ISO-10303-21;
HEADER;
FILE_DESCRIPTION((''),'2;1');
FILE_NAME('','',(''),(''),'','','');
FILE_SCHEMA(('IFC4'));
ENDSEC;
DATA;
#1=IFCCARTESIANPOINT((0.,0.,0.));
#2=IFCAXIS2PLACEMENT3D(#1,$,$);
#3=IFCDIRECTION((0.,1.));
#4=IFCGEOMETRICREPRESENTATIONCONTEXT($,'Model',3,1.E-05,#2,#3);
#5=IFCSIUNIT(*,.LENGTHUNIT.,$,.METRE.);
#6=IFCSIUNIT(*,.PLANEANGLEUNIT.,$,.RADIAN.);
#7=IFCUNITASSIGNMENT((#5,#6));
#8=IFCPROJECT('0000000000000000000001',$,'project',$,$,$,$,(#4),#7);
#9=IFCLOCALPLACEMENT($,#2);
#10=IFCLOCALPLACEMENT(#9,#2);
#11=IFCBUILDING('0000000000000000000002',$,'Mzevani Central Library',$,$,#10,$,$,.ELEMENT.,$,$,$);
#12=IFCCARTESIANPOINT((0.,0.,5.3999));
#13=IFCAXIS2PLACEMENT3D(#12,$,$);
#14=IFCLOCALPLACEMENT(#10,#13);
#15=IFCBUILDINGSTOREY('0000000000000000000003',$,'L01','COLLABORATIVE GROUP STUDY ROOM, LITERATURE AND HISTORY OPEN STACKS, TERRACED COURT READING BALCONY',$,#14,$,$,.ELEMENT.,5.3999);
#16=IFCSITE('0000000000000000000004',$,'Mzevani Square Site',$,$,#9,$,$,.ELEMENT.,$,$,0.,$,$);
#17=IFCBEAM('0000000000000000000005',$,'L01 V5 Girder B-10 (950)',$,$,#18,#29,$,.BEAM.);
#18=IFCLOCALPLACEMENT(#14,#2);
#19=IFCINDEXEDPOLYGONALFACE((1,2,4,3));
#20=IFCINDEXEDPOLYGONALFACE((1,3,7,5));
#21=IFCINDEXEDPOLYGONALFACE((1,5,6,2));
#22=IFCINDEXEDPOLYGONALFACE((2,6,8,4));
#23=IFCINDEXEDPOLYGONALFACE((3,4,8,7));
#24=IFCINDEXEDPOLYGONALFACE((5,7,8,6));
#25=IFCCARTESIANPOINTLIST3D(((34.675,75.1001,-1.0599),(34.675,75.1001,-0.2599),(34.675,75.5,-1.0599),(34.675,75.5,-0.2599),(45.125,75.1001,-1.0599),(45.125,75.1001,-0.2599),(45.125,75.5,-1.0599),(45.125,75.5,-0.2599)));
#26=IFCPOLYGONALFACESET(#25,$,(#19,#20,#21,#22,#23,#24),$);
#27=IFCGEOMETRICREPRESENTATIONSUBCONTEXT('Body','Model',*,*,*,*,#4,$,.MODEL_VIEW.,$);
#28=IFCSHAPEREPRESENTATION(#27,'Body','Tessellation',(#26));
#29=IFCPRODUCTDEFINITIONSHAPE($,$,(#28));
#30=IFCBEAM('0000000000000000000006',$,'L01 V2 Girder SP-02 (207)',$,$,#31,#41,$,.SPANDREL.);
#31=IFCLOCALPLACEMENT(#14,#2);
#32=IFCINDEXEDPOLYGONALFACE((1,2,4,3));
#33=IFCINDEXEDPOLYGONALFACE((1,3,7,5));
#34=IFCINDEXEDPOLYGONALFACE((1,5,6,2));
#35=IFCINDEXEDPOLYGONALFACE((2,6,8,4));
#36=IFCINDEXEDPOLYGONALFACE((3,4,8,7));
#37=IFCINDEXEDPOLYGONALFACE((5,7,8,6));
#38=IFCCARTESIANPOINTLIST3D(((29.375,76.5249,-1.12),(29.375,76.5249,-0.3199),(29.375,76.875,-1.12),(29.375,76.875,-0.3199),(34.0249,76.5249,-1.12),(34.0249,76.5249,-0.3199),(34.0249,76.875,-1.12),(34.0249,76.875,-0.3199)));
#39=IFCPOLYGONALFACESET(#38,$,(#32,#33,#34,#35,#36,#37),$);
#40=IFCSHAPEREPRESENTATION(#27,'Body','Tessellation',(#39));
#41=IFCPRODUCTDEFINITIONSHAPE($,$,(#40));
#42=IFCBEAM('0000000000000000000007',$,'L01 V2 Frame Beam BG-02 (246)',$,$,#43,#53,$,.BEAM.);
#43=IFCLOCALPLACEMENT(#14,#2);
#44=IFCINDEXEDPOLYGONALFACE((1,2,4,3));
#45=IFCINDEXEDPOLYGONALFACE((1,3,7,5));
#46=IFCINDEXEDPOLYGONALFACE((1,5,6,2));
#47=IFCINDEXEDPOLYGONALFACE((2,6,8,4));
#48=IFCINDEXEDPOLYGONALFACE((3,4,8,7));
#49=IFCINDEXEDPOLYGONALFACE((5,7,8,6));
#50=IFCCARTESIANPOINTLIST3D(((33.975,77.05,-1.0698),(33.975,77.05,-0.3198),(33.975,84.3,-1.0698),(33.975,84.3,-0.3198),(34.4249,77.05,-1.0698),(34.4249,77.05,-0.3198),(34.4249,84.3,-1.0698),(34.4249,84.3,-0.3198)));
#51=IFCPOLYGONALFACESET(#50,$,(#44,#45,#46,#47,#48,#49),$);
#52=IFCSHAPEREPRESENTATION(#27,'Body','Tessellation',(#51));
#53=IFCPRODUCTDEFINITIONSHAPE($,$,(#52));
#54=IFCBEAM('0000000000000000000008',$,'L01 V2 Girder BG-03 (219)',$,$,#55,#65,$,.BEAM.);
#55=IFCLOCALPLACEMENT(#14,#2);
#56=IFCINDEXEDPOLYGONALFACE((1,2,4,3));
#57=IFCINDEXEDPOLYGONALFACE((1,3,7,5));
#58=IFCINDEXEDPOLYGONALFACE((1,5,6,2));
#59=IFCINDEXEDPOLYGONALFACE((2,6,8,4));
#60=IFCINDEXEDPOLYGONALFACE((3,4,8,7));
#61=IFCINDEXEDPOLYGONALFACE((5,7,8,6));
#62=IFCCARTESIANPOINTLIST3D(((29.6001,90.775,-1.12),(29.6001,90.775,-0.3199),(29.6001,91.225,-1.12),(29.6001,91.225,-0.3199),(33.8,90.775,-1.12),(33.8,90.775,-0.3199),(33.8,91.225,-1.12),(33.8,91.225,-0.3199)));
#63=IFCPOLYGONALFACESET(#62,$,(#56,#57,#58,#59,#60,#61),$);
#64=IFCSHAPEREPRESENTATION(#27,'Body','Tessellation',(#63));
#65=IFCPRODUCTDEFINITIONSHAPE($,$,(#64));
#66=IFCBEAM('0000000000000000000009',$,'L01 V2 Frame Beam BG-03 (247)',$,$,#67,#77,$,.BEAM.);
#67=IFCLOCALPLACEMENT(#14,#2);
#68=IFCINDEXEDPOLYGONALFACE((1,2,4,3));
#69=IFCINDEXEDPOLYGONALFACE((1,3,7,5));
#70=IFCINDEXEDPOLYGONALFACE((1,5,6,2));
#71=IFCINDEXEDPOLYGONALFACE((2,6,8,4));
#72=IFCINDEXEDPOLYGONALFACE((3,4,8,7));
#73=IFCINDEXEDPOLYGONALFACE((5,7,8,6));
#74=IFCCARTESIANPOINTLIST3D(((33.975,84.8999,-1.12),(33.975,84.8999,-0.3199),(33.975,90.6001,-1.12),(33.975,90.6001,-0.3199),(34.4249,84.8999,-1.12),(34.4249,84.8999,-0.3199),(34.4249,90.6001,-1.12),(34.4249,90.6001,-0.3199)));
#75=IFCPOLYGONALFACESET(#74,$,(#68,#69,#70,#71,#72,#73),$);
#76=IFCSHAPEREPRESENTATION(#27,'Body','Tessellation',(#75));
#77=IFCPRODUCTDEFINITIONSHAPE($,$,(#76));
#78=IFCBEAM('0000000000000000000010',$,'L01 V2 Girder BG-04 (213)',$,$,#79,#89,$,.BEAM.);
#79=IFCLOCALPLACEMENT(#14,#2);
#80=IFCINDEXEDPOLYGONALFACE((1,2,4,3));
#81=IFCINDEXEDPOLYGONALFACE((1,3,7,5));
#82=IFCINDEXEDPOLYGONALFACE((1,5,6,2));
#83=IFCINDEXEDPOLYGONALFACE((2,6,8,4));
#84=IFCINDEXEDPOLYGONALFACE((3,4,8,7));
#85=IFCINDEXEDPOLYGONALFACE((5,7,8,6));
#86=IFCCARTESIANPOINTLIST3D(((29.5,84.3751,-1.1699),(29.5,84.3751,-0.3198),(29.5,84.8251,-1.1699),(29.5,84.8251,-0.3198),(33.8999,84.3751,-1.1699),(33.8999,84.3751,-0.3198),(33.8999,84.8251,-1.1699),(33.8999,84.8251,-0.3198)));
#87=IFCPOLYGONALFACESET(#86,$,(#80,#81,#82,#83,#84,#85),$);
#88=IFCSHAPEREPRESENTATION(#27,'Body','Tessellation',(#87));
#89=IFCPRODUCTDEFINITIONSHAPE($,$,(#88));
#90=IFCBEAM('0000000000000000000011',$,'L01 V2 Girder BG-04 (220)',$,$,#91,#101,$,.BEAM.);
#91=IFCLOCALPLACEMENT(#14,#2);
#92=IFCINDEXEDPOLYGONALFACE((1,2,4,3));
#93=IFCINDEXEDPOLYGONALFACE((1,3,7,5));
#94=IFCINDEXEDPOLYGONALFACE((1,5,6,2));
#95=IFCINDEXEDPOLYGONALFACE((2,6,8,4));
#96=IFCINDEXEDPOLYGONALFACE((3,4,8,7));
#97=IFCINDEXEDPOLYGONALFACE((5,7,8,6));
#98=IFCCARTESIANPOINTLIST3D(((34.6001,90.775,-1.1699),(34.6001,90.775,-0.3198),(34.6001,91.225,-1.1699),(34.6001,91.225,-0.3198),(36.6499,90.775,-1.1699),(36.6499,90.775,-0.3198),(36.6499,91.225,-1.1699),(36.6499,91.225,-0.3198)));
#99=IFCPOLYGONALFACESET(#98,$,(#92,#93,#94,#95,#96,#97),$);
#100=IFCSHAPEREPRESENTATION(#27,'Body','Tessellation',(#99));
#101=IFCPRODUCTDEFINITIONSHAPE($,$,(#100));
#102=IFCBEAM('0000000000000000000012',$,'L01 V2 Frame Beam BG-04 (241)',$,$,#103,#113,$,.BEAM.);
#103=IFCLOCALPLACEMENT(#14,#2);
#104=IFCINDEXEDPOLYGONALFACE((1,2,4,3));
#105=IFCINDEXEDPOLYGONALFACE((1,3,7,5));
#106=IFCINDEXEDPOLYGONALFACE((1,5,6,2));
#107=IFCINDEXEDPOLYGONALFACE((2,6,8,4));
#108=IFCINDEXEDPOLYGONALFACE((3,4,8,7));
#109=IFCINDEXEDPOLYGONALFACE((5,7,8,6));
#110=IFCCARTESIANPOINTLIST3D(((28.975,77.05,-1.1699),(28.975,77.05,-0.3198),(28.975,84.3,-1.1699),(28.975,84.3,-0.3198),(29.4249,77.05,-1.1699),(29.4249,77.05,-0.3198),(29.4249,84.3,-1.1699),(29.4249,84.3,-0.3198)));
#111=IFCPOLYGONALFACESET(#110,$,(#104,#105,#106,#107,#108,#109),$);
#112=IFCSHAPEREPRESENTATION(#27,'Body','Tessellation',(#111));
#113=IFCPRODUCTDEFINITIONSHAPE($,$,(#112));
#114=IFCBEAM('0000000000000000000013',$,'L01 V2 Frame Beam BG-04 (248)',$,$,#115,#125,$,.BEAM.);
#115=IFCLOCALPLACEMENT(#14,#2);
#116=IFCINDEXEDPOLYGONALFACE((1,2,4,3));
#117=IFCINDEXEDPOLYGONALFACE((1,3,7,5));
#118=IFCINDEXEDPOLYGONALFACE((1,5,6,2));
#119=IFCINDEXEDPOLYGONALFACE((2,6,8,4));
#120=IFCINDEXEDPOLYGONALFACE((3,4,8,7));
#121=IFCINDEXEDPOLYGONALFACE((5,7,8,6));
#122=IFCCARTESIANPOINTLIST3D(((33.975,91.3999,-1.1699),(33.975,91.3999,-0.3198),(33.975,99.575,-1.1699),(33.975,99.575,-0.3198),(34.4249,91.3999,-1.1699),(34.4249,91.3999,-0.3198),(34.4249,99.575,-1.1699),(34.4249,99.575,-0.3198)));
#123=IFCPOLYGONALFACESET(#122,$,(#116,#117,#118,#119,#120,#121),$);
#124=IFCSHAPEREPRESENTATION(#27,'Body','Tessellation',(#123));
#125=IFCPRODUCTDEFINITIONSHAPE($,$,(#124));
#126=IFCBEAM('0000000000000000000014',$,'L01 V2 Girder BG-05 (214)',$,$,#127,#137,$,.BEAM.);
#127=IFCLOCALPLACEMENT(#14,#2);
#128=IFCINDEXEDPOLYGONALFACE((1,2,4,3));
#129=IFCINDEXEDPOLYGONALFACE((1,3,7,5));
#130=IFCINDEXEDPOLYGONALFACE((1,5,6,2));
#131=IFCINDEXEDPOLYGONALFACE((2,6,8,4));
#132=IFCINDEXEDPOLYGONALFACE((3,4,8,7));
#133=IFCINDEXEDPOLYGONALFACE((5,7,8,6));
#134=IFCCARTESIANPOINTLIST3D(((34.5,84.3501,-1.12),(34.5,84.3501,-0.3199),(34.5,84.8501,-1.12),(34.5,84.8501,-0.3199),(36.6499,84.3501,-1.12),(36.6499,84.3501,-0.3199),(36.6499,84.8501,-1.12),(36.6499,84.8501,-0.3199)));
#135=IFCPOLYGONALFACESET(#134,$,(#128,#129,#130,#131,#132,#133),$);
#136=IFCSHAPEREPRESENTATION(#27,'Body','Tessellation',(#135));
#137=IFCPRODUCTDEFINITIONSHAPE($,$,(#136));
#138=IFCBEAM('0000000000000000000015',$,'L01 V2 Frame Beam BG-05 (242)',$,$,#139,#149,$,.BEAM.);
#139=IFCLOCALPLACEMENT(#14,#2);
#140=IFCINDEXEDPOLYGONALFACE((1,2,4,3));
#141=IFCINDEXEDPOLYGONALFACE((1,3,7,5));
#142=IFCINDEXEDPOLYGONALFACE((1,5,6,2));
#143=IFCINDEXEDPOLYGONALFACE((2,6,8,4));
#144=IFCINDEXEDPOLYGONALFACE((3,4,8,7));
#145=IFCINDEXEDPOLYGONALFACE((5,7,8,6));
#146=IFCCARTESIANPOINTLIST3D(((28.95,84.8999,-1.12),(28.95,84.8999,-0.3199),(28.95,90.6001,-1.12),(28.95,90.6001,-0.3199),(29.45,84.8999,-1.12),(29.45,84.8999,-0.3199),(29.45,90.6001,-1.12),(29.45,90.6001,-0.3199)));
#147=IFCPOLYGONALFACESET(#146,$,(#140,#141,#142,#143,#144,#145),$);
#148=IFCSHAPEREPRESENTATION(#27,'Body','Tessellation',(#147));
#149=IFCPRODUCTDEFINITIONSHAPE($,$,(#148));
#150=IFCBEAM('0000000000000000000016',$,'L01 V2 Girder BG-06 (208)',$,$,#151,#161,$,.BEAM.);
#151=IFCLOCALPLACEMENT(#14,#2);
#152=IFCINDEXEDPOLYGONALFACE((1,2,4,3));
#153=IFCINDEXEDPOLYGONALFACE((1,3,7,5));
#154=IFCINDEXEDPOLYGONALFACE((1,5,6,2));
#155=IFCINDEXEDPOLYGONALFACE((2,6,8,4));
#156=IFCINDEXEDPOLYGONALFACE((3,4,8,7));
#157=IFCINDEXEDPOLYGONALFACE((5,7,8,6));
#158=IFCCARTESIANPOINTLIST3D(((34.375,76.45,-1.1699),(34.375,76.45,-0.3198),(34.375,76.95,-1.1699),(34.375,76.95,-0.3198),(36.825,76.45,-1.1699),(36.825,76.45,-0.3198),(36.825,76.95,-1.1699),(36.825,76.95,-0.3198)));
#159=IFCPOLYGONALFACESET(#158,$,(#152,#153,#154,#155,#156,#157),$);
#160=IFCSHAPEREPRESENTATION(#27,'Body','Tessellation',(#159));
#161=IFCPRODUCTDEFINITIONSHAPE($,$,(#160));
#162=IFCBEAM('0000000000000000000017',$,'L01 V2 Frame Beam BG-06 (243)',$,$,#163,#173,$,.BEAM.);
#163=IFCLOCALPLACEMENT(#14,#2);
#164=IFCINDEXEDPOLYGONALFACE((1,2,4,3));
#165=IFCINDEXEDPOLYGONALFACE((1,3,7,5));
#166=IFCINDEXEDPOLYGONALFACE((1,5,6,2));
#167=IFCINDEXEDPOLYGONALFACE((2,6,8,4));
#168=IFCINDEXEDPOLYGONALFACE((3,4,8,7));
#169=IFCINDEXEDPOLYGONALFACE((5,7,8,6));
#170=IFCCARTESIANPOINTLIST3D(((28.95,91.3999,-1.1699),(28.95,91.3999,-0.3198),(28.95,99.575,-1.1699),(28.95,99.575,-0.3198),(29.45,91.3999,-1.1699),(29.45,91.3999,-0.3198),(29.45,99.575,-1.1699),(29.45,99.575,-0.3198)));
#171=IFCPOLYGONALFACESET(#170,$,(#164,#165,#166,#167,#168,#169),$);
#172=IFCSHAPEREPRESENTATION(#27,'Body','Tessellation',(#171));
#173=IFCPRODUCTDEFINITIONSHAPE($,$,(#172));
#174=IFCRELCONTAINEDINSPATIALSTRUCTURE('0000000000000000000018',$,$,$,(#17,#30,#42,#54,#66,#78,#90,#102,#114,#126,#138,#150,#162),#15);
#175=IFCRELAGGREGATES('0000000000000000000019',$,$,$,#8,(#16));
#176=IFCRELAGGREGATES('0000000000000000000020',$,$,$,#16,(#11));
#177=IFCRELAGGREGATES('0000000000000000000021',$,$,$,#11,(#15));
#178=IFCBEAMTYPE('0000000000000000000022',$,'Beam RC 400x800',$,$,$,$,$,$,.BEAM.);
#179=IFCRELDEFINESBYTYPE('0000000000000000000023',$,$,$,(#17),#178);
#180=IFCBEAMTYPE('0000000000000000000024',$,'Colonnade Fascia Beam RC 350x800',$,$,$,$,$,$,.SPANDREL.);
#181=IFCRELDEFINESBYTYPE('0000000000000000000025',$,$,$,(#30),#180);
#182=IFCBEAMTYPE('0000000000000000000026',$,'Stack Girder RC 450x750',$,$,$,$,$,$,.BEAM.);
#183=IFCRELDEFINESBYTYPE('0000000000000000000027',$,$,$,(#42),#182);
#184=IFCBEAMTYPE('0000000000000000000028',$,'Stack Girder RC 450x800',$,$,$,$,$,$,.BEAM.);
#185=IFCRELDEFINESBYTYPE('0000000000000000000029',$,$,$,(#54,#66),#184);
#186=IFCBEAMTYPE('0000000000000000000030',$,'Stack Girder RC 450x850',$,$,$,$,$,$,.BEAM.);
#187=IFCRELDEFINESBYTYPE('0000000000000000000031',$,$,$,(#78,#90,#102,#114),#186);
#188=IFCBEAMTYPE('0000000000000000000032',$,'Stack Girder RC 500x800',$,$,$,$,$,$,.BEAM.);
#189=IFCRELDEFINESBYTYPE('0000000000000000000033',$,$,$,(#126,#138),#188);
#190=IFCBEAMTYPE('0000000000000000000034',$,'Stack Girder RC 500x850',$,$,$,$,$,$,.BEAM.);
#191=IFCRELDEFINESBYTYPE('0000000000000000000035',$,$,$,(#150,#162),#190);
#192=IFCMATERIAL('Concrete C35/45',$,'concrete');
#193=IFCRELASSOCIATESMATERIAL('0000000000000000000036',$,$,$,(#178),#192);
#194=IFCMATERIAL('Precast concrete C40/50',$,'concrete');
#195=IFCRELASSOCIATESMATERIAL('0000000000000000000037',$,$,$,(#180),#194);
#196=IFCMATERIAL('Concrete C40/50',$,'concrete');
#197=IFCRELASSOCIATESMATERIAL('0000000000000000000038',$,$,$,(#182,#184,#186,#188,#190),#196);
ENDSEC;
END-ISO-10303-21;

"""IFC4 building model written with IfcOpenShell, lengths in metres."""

from ifc_helpers import new_model, si_unit, direction, frame, origin, origin_2d, place, context, subcontext, project, spatial, rectangle, extrude, material, material_profile, profile_set, type_object, element, save


model = new_model("IFC4")

# Units and contexts
model_context = context("Model", 3, precision=1e-05, world=origin(), true_north=direction((0.0, 1.0)))
body_context = subcontext(model_context, "Body", "Model", "MODEL_VIEW")
ifc_project = project(units=[si_unit("LENGTHUNIT", "METRE"), si_unit("PLANEANGLEUNIT", "RADIAN")], contexts=[model_context])

# Site, building, storey
site_placement = place(None, origin())
site = spatial("IfcSite", under=ifc_project, at=site_placement, Name="Mzevani Square Site", CompositionType="ELEMENT", RefElevation=0.0)
building_placement = place(site_placement, origin())
building = spatial("IfcBuilding", under=site, at=building_placement, Name="Mzevani Central Library", CompositionType="ELEMENT")
storey_placement = place(building_placement, frame((0.0, 0.0, 5.3999)))
storey = spatial("IfcBuildingStorey", under=building, at=storey_placement, Name="L01", Description="COLLABORATIVE GROUP STUDY ROOM, LITERATURE AND HISTORY OPEN STACKS, TERRACED COURT READING BALCONY", CompositionType="ELEMENT", Elevation=5.3999)

# Shared definitions
ifc_material_1 = material(Name="Concrete C40/50", Category="concrete")

# Beams
ifc_material_2 = material(Name="Concrete C35/45", Category="concrete")
ifc_material_profile_1 = material_profile(ifc_material_2, rectangle(XDim=0.3999, YDim=0.8, at=origin_2d()), Name="RC B400x800")
ifc_profile_set_1 = profile_set([ifc_material_profile_1], Name="Concrete C35/45")
beam_type_1 = type_object("IfcBeamType", Name="Beam RC 400x800", PredefinedType="BEAM", material=ifc_profile_set_1)
beam_1_placement = place(storey_placement, frame((34.675, 75.3, -0.6599), z_axis=(1.0, 0.0, 0.0), x_axis=(0.0, 1.0, 0.0)))
element("IfcBeam", 1, at=beam_1_placement, inside=storey, type_object=beam_type_1, Name="L01 V5 Girder B-10 (950)", PredefinedType="BEAM", context=body_context, shape_type="SweptSolid", body=[
    extrude(rectangle(XDim=0.3999, YDim=0.8, at=origin_2d()), origin(), (0.0, 0.0, 1.0), 10.45),
])
ifc_material_3 = material(Name="Precast concrete C40/50", Category="concrete")
ifc_material_profile_2 = material_profile(ifc_material_3, rectangle(XDim=0.3501, YDim=0.8, at=origin_2d()), Name="RC SP350x800")
ifc_profile_set_2 = profile_set([ifc_material_profile_2], Name="Precast concrete C40/50")
beam_type_2 = type_object("IfcBeamType", Name="Colonnade Fascia Beam RC 350x800", PredefinedType="SPANDREL", material=ifc_profile_set_2)
beam_2_placement = place(storey_placement, frame((29.375, 76.7, -0.72), z_axis=(1.0, 0.0, 0.0), x_axis=(0.0, 1.0, 0.0)))
element("IfcBeam", 2, at=beam_2_placement, inside=storey, type_object=beam_type_2, Name="L01 V2 Girder SP-02 (207)", PredefinedType="SPANDREL", context=body_context, shape_type="SweptSolid", body=[
    extrude(rectangle(XDim=0.3501, YDim=0.8, at=origin_2d()), origin(), (0.0, 0.0, 1.0), 4.6499),
])
ifc_material_profile_3 = material_profile(ifc_material_1, rectangle(XDim=0.45, YDim=0.75, at=origin_2d()), Name="RC B450x750")
ifc_profile_set_3 = profile_set([ifc_material_profile_3], Name="Concrete C40/50")
beam_type_3 = type_object("IfcBeamType", Name="Stack Girder RC 450x750", PredefinedType="BEAM", material=ifc_profile_set_3)
beam_3_placement = place(storey_placement, frame((34.2, 77.05, -0.6948), z_axis=(0.0, 1.0, 0.0), x_axis=(-1.0, 0.0, 0.0)))
element("IfcBeam", 3, at=beam_3_placement, inside=storey, type_object=beam_type_3, Name="L01 V2 Frame Beam BG-02 (246)", PredefinedType="BEAM", context=body_context, shape_type="SweptSolid", body=[
    extrude(rectangle(XDim=0.45, YDim=0.75, at=origin_2d()), origin(), (0.0, 0.0, 1.0), 7.25),
])
ifc_material_profile_4 = material_profile(ifc_material_1, rectangle(XDim=0.45, YDim=0.8, at=origin_2d()), Name="RC B450x800")
ifc_profile_set_4 = profile_set([ifc_material_profile_4], Name="Concrete C40/50")
beam_type_4 = type_object("IfcBeamType", Name="Stack Girder RC 450x800", PredefinedType="BEAM", material=ifc_profile_set_4)
beam_4_placement = place(storey_placement, frame((29.6001, 91.0, -0.72), z_axis=(1.0, 0.0, 0.0), x_axis=(0.0, 1.0, 0.0)))
element("IfcBeam", 4, at=beam_4_placement, inside=storey, type_object=beam_type_4, Name="L01 V2 Girder BG-03 (219)", PredefinedType="BEAM", context=body_context, shape_type="SweptSolid", body=[
    extrude(rectangle(XDim=0.45, YDim=0.8, at=origin_2d()), origin(), (0.0, 0.0, 1.0), 4.2),
])
beam_5_placement = place(storey_placement, frame((34.2, 84.8999, -0.72), z_axis=(0.0, 1.0, 0.0), x_axis=(-1.0, 0.0, 0.0)))
element("IfcBeam", 5, at=beam_5_placement, inside=storey, type_object=beam_type_4, Name="L01 V2 Frame Beam BG-03 (247)", PredefinedType="BEAM", context=body_context, shape_type="SweptSolid", body=[
    extrude(rectangle(XDim=0.45, YDim=0.8, at=origin_2d()), origin(), (0.0, 0.0, 1.0), 5.7002),
])
ifc_material_profile_5 = material_profile(ifc_material_1, rectangle(XDim=0.45, YDim=0.8501, at=origin_2d()), Name="RC B450x850")
ifc_profile_set_5 = profile_set([ifc_material_profile_5], Name="Concrete C40/50")
beam_type_5 = type_object("IfcBeamType", Name="Stack Girder RC 450x850", PredefinedType="BEAM", material=ifc_profile_set_5)
beam_6_placement = place(storey_placement, frame((29.5, 84.6001, -0.7449), z_axis=(1.0, 0.0, 0.0), x_axis=(0.0, 1.0, 0.0)))
element("IfcBeam", 6, at=beam_6_placement, inside=storey, type_object=beam_type_5, Name="L01 V2 Girder BG-04 (213)", PredefinedType="BEAM", context=body_context, shape_type="SweptSolid", body=[
    extrude(rectangle(XDim=0.45, YDim=0.8501, at=origin_2d()), origin(), (0.0, 0.0, 1.0), 4.3999),
])
beam_7_placement = place(storey_placement, frame((34.6001, 91.0, -0.7449), z_axis=(1.0, 0.0, 0.0), x_axis=(0.0, 1.0, 0.0)))
element("IfcBeam", 7, at=beam_7_placement, inside=storey, type_object=beam_type_5, Name="L01 V2 Girder BG-04 (220)", PredefinedType="BEAM", context=body_context, shape_type="SweptSolid", body=[
    extrude(rectangle(XDim=0.45, YDim=0.8501, at=origin_2d()), origin(), (0.0, 0.0, 1.0), 2.0498),
])
beam_8_placement = place(storey_placement, frame((29.2, 77.05, -0.7449), z_axis=(0.0, 1.0, 0.0), x_axis=(-1.0, 0.0, 0.0)))
element("IfcBeam", 8, at=beam_8_placement, inside=storey, type_object=beam_type_5, Name="L01 V2 Frame Beam BG-04 (241)", PredefinedType="BEAM", context=body_context, shape_type="SweptSolid", body=[
    extrude(rectangle(XDim=0.45, YDim=0.8501, at=origin_2d()), origin(), (0.0, 0.0, 1.0), 7.25),
])
beam_9_placement = place(storey_placement, frame((34.2, 91.3999, -0.7449), z_axis=(0.0, 1.0, 0.0), x_axis=(-1.0, 0.0, 0.0)))
element("IfcBeam", 9, at=beam_9_placement, inside=storey, type_object=beam_type_5, Name="L01 V2 Frame Beam BG-04 (248)", PredefinedType="BEAM", context=body_context, shape_type="SweptSolid", body=[
    extrude(rectangle(XDim=0.45, YDim=0.8501, at=origin_2d()), origin(), (0.0, 0.0, 1.0), 8.175),
])
ifc_material_profile_6 = material_profile(ifc_material_1, rectangle(XDim=0.5, YDim=0.8, at=origin_2d()), Name="RC B500x800")
ifc_profile_set_6 = profile_set([ifc_material_profile_6], Name="Concrete C40/50")
beam_type_6 = type_object("IfcBeamType", Name="Stack Girder RC 500x800", PredefinedType="BEAM", material=ifc_profile_set_6)
beam_10_placement = place(storey_placement, frame((34.5, 84.6001, -0.72), z_axis=(1.0, 0.0, 0.0), x_axis=(0.0, 1.0, 0.0)))
element("IfcBeam", 10, at=beam_10_placement, inside=storey, type_object=beam_type_6, Name="L01 V2 Girder BG-05 (214)", PredefinedType="BEAM", context=body_context, shape_type="SweptSolid", body=[
    extrude(rectangle(XDim=0.5, YDim=0.8, at=origin_2d()), origin(), (0.0, 0.0, 1.0), 2.1499),
])
beam_11_placement = place(storey_placement, frame((29.2, 84.8999, -0.72), z_axis=(0.0, 1.0, 0.0), x_axis=(-1.0, 0.0, 0.0)))
element("IfcBeam", 11, at=beam_11_placement, inside=storey, type_object=beam_type_6, Name="L01 V2 Frame Beam BG-05 (242)", PredefinedType="BEAM", context=body_context, shape_type="SweptSolid", body=[
    extrude(rectangle(XDim=0.5, YDim=0.8, at=origin_2d()), origin(), (0.0, 0.0, 1.0), 5.7002),
])
ifc_material_profile_7 = material_profile(ifc_material_1, rectangle(XDim=0.5, YDim=0.8501, at=origin_2d()), Name="RC B500x850")
ifc_profile_set_7 = profile_set([ifc_material_profile_7], Name="Concrete C40/50")
beam_type_7 = type_object("IfcBeamType", Name="Stack Girder RC 500x850", PredefinedType="BEAM", material=ifc_profile_set_7)
beam_12_placement = place(storey_placement, frame((34.375, 76.7, -0.7449), z_axis=(1.0, 0.0, 0.0), x_axis=(0.0, 1.0, 0.0)))
element("IfcBeam", 12, at=beam_12_placement, inside=storey, type_object=beam_type_7, Name="L01 V2 Girder BG-06 (208)", PredefinedType="BEAM", context=body_context, shape_type="SweptSolid", body=[
    extrude(rectangle(XDim=0.5, YDim=0.8501, at=origin_2d()), origin(), (0.0, 0.0, 1.0), 2.45),
])
beam_13_placement = place(storey_placement, frame((29.2, 91.3999, -0.7449), z_axis=(0.0, 1.0, 0.0), x_axis=(-1.0, 0.0, 0.0)))
element("IfcBeam", 13, at=beam_13_placement, inside=storey, type_object=beam_type_7, Name="L01 V2 Frame Beam BG-06 (243)", PredefinedType="BEAM", context=body_context, shape_type="SweptSolid", body=[
    extrude(rectangle(XDim=0.5, YDim=0.8501, at=origin_2d()), origin(), (0.0, 0.0, 1.0), 8.175),
])

save(model, "model.ifc")
